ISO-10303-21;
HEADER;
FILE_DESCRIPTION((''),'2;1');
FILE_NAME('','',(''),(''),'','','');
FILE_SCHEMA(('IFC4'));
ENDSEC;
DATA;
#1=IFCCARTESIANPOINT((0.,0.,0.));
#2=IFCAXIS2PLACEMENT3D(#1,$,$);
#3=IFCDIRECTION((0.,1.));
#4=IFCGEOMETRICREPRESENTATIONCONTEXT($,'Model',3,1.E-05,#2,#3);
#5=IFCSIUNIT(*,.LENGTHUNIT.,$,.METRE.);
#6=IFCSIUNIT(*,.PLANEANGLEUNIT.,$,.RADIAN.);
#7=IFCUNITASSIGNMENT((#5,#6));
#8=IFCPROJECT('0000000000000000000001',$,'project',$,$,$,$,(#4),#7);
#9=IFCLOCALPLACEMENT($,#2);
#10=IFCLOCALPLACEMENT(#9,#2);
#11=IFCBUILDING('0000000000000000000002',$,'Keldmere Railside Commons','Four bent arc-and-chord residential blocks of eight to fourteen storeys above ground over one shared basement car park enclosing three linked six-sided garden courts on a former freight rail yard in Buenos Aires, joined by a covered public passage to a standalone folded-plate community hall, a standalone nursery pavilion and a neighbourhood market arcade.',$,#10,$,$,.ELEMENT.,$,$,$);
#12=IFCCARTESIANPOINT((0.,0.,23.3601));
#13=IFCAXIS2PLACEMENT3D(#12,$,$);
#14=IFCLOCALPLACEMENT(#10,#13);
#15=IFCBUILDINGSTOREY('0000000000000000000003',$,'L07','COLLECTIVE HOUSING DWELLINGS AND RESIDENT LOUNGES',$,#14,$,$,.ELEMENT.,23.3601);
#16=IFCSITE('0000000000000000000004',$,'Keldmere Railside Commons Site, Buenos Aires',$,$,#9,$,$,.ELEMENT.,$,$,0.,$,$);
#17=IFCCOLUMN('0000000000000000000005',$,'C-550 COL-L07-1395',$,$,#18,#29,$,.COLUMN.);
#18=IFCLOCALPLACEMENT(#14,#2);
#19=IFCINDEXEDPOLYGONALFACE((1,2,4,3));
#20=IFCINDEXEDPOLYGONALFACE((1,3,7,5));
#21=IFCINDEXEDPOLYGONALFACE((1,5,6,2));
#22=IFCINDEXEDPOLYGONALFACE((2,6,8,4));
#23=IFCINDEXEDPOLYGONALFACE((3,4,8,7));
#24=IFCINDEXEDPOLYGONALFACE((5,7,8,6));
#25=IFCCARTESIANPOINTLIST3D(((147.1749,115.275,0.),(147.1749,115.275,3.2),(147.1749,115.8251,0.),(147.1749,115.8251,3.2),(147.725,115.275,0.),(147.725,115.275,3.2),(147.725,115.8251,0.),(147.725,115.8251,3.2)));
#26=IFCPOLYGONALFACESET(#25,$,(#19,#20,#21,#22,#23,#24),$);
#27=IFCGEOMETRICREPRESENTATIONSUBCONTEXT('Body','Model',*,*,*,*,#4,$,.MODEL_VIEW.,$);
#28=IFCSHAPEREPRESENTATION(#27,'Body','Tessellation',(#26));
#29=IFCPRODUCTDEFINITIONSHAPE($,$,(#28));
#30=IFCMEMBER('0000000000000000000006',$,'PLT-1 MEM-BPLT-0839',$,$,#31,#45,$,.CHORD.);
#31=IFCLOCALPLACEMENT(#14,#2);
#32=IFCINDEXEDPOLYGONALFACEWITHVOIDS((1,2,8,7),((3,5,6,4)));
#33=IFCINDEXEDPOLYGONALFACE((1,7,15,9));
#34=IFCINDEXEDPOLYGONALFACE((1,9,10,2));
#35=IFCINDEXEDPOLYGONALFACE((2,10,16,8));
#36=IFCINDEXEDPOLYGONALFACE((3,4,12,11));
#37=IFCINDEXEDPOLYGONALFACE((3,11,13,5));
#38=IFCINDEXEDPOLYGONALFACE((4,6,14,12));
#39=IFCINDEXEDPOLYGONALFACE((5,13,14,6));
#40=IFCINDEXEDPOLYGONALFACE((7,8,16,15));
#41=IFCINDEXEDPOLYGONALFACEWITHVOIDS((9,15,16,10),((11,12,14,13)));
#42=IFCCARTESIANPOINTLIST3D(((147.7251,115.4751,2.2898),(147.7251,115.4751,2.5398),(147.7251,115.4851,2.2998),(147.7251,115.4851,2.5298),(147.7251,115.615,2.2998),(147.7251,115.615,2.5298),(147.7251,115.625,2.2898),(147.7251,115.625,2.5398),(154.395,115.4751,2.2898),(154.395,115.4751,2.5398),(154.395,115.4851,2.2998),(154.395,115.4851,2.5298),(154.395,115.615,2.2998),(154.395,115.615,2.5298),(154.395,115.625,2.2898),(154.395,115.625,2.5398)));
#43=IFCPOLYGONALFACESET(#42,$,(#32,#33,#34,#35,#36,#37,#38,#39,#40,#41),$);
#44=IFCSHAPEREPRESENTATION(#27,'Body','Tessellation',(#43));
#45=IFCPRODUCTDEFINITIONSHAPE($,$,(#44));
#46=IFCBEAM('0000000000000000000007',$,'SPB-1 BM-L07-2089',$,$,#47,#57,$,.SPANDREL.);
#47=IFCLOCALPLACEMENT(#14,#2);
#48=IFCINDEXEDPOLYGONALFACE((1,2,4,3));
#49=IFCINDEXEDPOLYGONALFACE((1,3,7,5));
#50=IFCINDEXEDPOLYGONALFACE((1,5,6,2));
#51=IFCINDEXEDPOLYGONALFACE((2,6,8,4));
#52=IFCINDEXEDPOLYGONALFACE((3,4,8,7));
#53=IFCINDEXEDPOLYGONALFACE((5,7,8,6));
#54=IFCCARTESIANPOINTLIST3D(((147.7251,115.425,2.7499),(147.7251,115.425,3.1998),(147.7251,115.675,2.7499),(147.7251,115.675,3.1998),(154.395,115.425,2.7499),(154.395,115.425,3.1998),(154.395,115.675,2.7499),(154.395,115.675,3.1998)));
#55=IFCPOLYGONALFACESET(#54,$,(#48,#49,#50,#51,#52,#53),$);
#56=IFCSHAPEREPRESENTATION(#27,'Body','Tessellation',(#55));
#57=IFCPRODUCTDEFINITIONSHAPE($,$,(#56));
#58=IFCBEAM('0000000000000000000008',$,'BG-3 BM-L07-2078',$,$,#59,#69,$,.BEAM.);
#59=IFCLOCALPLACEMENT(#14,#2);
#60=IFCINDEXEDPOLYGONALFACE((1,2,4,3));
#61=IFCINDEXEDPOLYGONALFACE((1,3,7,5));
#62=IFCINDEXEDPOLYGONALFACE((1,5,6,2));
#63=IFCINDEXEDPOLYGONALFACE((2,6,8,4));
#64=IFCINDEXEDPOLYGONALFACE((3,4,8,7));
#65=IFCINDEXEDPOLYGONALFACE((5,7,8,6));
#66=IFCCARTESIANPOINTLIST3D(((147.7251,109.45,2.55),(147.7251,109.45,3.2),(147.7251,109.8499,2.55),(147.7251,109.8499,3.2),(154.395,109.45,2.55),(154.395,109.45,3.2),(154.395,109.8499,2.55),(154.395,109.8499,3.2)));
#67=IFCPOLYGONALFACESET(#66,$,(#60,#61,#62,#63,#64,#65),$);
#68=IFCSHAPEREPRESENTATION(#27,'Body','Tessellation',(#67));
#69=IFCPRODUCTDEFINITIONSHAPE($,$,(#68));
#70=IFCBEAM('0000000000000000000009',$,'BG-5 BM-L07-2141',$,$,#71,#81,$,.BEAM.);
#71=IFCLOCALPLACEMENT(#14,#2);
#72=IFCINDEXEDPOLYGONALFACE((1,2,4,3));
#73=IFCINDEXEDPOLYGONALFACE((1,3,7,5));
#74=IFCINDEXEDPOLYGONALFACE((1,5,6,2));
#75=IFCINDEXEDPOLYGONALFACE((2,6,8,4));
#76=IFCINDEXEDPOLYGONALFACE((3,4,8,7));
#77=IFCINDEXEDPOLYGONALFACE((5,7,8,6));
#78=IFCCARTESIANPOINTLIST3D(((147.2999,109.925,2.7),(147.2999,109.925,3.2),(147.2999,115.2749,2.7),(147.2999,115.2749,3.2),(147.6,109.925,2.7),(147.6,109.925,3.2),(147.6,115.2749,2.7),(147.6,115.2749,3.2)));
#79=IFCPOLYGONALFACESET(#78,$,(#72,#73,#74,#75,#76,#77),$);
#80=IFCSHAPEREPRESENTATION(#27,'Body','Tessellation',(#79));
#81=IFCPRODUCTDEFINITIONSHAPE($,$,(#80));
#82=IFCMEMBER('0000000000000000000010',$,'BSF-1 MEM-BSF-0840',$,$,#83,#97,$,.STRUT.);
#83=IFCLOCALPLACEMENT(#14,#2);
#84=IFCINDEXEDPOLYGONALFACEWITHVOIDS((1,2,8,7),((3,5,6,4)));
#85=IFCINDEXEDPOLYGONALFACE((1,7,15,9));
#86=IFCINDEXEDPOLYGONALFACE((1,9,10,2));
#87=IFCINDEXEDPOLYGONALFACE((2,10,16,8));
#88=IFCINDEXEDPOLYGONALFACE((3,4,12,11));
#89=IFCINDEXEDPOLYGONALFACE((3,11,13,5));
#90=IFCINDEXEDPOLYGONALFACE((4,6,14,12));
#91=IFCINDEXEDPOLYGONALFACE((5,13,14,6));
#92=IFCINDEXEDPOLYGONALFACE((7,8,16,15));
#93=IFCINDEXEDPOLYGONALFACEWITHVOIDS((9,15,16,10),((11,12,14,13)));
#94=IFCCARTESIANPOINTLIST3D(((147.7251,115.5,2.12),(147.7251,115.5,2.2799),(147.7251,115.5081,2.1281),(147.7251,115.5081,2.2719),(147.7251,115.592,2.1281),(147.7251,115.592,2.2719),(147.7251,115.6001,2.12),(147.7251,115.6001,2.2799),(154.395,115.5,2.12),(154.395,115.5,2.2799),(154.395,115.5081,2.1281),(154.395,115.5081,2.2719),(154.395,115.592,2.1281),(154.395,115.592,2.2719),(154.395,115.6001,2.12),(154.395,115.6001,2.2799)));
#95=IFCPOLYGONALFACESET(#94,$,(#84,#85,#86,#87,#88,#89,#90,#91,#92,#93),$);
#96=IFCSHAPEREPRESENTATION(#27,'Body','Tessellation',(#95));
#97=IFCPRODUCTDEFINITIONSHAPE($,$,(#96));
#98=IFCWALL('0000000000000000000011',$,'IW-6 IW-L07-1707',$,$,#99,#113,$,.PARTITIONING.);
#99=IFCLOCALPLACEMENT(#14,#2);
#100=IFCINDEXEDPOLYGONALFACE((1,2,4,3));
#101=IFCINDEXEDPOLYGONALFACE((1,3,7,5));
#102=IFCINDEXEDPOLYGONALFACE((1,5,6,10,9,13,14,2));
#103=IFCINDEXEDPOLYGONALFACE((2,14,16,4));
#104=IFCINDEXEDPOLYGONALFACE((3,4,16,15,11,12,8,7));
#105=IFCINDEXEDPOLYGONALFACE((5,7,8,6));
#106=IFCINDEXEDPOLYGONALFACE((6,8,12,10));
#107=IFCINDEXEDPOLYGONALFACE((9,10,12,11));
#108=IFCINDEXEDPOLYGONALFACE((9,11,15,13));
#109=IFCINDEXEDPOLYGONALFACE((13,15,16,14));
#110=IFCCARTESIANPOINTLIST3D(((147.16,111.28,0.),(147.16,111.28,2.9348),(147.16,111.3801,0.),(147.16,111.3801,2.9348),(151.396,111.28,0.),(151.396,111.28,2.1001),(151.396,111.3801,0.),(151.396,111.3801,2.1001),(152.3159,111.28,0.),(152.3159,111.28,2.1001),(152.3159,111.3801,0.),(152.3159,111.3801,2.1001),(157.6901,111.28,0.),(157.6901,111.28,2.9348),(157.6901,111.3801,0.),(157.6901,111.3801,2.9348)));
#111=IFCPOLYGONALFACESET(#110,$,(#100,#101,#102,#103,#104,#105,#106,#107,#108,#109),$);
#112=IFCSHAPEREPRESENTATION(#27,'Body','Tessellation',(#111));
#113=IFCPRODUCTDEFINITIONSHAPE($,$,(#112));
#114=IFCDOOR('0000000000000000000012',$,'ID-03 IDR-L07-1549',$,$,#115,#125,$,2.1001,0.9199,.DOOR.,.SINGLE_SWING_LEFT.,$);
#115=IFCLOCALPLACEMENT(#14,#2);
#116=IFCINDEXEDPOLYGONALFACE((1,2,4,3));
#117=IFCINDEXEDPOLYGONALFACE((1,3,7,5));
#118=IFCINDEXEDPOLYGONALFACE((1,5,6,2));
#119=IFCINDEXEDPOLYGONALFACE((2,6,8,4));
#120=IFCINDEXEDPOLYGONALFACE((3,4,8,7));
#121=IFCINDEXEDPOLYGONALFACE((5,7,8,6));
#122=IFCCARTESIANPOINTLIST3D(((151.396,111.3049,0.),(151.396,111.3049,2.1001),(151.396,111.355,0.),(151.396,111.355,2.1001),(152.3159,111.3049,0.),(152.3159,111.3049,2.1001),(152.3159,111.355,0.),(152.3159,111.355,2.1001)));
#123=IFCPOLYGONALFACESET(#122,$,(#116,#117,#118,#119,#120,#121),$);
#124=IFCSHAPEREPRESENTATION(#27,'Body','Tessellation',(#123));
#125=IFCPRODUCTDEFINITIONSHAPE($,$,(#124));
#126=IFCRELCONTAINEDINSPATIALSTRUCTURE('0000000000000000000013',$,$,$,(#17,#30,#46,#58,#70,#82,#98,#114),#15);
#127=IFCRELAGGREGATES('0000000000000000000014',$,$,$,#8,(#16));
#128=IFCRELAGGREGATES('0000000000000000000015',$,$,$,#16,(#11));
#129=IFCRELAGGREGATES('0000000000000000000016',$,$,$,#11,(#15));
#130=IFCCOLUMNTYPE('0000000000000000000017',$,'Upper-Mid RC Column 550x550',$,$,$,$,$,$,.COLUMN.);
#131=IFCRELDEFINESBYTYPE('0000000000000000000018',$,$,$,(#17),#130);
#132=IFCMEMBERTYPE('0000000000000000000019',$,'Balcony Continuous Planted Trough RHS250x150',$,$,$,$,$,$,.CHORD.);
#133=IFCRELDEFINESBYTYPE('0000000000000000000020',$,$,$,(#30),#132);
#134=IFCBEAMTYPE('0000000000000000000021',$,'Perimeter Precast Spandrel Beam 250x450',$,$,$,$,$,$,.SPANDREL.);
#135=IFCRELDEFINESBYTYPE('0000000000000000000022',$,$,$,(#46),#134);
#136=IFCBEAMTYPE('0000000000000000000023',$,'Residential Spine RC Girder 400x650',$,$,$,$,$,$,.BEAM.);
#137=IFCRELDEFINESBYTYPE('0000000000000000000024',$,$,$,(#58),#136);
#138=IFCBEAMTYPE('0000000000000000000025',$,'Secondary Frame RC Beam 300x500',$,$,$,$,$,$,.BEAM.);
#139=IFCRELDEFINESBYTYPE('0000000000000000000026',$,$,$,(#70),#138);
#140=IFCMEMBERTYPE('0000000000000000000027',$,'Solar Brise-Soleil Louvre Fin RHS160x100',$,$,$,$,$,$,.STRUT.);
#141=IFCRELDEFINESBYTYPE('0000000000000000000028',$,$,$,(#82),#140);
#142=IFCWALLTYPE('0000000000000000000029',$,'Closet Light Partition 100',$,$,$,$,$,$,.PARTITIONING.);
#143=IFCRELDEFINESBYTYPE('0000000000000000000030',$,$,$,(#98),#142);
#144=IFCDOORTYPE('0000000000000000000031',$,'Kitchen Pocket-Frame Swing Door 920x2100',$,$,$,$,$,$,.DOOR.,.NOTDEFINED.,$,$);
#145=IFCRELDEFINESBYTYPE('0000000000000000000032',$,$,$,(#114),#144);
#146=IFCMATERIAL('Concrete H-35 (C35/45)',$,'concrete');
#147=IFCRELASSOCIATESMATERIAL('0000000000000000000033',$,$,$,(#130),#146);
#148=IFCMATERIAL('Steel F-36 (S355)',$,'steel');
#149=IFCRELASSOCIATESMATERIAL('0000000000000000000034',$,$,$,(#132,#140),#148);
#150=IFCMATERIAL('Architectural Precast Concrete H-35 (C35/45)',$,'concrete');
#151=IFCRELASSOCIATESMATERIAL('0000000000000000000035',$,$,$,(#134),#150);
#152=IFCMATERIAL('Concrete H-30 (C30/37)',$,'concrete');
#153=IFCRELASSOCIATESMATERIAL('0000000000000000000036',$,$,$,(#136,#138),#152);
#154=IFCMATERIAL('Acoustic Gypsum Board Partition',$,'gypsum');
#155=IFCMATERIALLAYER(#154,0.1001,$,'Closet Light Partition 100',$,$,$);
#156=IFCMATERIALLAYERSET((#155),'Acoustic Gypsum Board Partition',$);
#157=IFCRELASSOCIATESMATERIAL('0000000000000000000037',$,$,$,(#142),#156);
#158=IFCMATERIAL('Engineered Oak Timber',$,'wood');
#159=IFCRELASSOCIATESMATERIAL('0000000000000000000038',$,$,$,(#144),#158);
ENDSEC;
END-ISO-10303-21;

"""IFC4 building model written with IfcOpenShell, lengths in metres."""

from ifc_helpers import new_model, si_unit, direction, frame, frame_2d, origin, origin_2d, place, context, subcontext, project, spatial, rectangle, hollow_rectangle, extrude, material, layer, layer_set, material_profile, profile_set, type_object, element, fill, save


model = new_model("IFC4")

# Units and contexts
model_context = context("Model", 3, precision=1e-05, world=origin(), true_north=direction((0.0, 1.0)))
body_context = subcontext(model_context, "Body", "Model", "MODEL_VIEW")
ifc_project = project(units=[si_unit("LENGTHUNIT", "METRE"), si_unit("PLANEANGLEUNIT", "RADIAN")], contexts=[model_context])

# Site, building, storey
site_placement = place(None, origin())
site = spatial("IfcSite", under=ifc_project, at=site_placement, Name="Keldmere Railside Commons Site, Buenos Aires", CompositionType="ELEMENT", RefElevation=0.0)
building_placement = place(site_placement, origin())
building = spatial("IfcBuilding", under=site, at=building_placement, Name="Keldmere Railside Commons", Description="Four bent arc-and-chord residential blocks of eight to fourteen storeys above ground over one shared basement car park enclosing three linked six-sided garden courts on a former freight rail yard in Buenos Aires, joined by a covered public passage to a standalone folded-plate community hall, a standalone nursery pavilion and a neighbourhood market arcade.", CompositionType="ELEMENT")
storey_placement = place(building_placement, frame((0.0, 0.0, 23.3601)))
storey = spatial("IfcBuildingStorey", under=building, at=storey_placement, Name="L07", Description="COLLECTIVE HOUSING DWELLINGS AND RESIDENT LOUNGES", CompositionType="ELEMENT", Elevation=23.3601)

# Column
ifc_material_1 = material(Name="Concrete H-35 (C35/45)", Category="concrete")
ifc_material_profile_1 = material_profile(ifc_material_1, rectangle(XDim=0.55, YDim=0.55, at=origin_2d()), Name="RC-550x550")
ifc_profile_set_1 = profile_set([ifc_material_profile_1], Name="Concrete H-35 (C35/45)")
column_type = type_object("IfcColumnType", Name="Upper-Mid RC Column 550x550", PredefinedType="COLUMN", material=ifc_profile_set_1)
column_placement = place(storey_placement, frame((147.45, 115.55, 0.0), z_axis=(0.0, 0.0, 1.0), x_axis=(1.0, 0.0, 0.0)))
element("IfcColumn", 1, at=column_placement, inside=storey, type_object=column_type, Name="C-550 COL-L07-1395", PredefinedType="COLUMN", context=body_context, shape_type="SweptSolid", body=[
    extrude(rectangle(XDim=0.55, YDim=0.55, at=origin_2d()), origin(), (0.0, 0.0, 1.0), 3.2),
])

# Member
ifc_material_2 = material(Name="Steel F-36 (S355)", Category="steel")
ifc_material_profile_2 = material_profile(ifc_material_2, hollow_rectangle(XDim=0.1499, YDim=0.25, WallThickness=0.01, at=origin_2d()), Name="RHS-250x150x10")
ifc_profile_set_2 = profile_set([ifc_material_profile_2], Name="Steel F-36 (S355)")
member_type_1 = type_object("IfcMemberType", Name="Balcony Continuous Planted Trough RHS250x150", PredefinedType="CHORD", material=ifc_profile_set_2)
member_1_placement = place(storey_placement, frame((147.7251, 115.55, 2.4148), z_axis=(1.0, 0.0, 0.0), x_axis=(0.0, 1.0, 0.0)))
element("IfcMember", 2, at=member_1_placement, inside=storey, type_object=member_type_1, Name="PLT-1 MEM-BPLT-0839", PredefinedType="CHORD", context=body_context, shape_type="SweptSolid", body=[
    extrude(hollow_rectangle(XDim=0.1499, YDim=0.25, WallThickness=0.01, at=origin_2d()), origin(), (0.0, 0.0, 1.0), 6.6699),
])

# Beams
ifc_material_3 = material(Name="Architectural Precast Concrete H-35 (C35/45)", Category="concrete")
ifc_material_profile_3 = material_profile(ifc_material_3, rectangle(XDim=0.25, YDim=0.45, at=origin_2d()), Name="RC-250x450")
ifc_profile_set_3 = profile_set([ifc_material_profile_3], Name="Architectural Precast Concrete H-35 (C35/45)")
beam_type_1 = type_object("IfcBeamType", Name="Perimeter Precast Spandrel Beam 250x450", PredefinedType="SPANDREL", material=ifc_profile_set_3)
beam_1_placement = place(storey_placement, frame((147.7251, 115.55, 2.9749), z_axis=(1.0, 0.0, 0.0), x_axis=(0.0, 1.0, 0.0)))
element("IfcBeam", 3, at=beam_1_placement, inside=storey, type_object=beam_type_1, Name="SPB-1 BM-L07-2089", PredefinedType="SPANDREL", context=body_context, shape_type="SweptSolid", body=[
    extrude(rectangle(XDim=0.25, YDim=0.45, at=origin_2d()), origin(), (0.0, 0.0, 1.0), 6.6699),
])
ifc_material_4 = material(Name="Concrete H-30 (C30/37)", Category="concrete")
ifc_material_profile_4 = material_profile(ifc_material_4, rectangle(XDim=0.3999, YDim=0.6499, at=origin_2d()), Name="RC-400x650")
ifc_profile_set_4 = profile_set([ifc_material_profile_4], Name="Concrete H-30 (C30/37)")
beam_type_2 = type_object("IfcBeamType", Name="Residential Spine RC Girder 400x650", PredefinedType="BEAM", material=ifc_profile_set_4)
beam_2_placement = place(storey_placement, frame((147.7251, 109.6499, 2.875), z_axis=(1.0, 0.0, 0.0), x_axis=(0.0, 1.0, 0.0)))
element("IfcBeam", 4, at=beam_2_placement, inside=storey, type_object=beam_type_2, Name="BG-3 BM-L07-2078", PredefinedType="BEAM", context=body_context, shape_type="SweptSolid", body=[
    extrude(rectangle(XDim=0.3999, YDim=0.6499, at=origin_2d()), origin(), (0.0, 0.0, 1.0), 6.6699),
])
ifc_material_profile_5 = material_profile(ifc_material_4, rectangle(XDim=0.3, YDim=0.5, at=origin_2d()), Name="RC-300x500")
ifc_profile_set_5 = profile_set([ifc_material_profile_5], Name="Concrete H-30 (C30/37)")
beam_type_3 = type_object("IfcBeamType", Name="Secondary Frame RC Beam 300x500", PredefinedType="BEAM", material=ifc_profile_set_5)
beam_3_placement = place(storey_placement, frame((147.45, 109.925, 2.95), z_axis=(0.0, 1.0, 0.0), x_axis=(-1.0, 0.0, 0.0)))
element("IfcBeam", 5, at=beam_3_placement, inside=storey, type_object=beam_type_3, Name="BG-5 BM-L07-2141", PredefinedType="BEAM", context=body_context, shape_type="SweptSolid", body=[
    extrude(rectangle(XDim=0.3, YDim=0.5, at=origin_2d()), origin(), (0.0, 0.0, 1.0), 5.3499),
])

# Member
ifc_material_profile_6 = material_profile(ifc_material_2, hollow_rectangle(XDim=0.1001, YDim=0.1599, WallThickness=0.0081, at=origin_2d()), Name="RHS-160x100x8")
ifc_profile_set_6 = profile_set([ifc_material_profile_6], Name="Steel F-36 (S355)")
member_type_2 = type_object("IfcMemberType", Name="Solar Brise-Soleil Louvre Fin RHS160x100", PredefinedType="STRUT", material=ifc_profile_set_6)
member_2_placement = place(storey_placement, frame((147.7251, 115.55, 2.2), z_axis=(1.0, 0.0, 0.0), x_axis=(0.0, 1.0, 0.0)))
element("IfcMember", 6, at=member_2_placement, inside=storey, type_object=member_type_2, Name="BSF-1 MEM-BSF-0840", PredefinedType="STRUT", context=body_context, shape_type="SweptSolid", body=[
    extrude(hollow_rectangle(XDim=0.1001, YDim=0.1599, WallThickness=0.0081, at=origin_2d()), origin(), (0.0, 0.0, 1.0), 6.6699),
])

# Wall, opening, door
ifc_material_5 = material(Name="Acoustic Gypsum Board Partition", Category="gypsum")
ifc_layer_1 = layer(ifc_material_5, 0.1001, Name="Closet Light Partition 100")
ifc_layer_set_1 = layer_set([ifc_layer_1], Name="Acoustic Gypsum Board Partition")
wall_type_1 = type_object("IfcWallType", Name="Closet Light Partition 100", PredefinedType="PARTITIONING", material=ifc_layer_set_1)
wall_1_placement = place(storey_placement, frame((147.1599, 111.3301, 0.0), z_axis=(0.0, 0.0, 1.0), x_axis=(1.0, 0.0, 0.0)))
wall_1 = element("IfcWall", 7, at=wall_1_placement, inside=storey, type_object=wall_type_1, Name="IW-6 IW-L07-1707", PredefinedType="PARTITIONING", context=body_context, shape_type="SweptSolid", body=[
    extrude(rectangle(XDim=10.53, YDim=0.1001, at=frame_2d((5.2651, 0.0))), origin(), (0.0, 0.0, 1.0), 2.9348),
])
opening_1_placement = place(wall_1_placement, frame((4.2361, 0.0, 0.0)))
opening_1 = element("IfcOpeningElement", 8, at=opening_1_placement, cuts=wall_1, PredefinedType="OPENING", context=body_context, shape_type="SweptSolid", body=[
    extrude(rectangle(XDim=0.9199, YDim=2.1001, at=frame_2d((0.46, 1.05))), frame((0.0, 0.0601, 0.0), z_axis=(0.0, -1.0, 0.0), x_axis=(1.0, 0.0, 0.0)), (0.0, 0.0, 1.0), 0.1201),
])
ifc_material_6 = material(Name="Engineered Oak Timber", Category="wood")
door_type_1 = type_object("IfcDoorType", Name="Kitchen Pocket-Frame Swing Door 920x2100", OperationType="NOTDEFINED", PredefinedType="DOOR", material=ifc_material_6)
door_1_placement = place(opening_1_placement, origin())
door_1 = element("IfcDoor", 9, at=door_1_placement, inside=storey, type_object=door_type_1, Name="ID-03 IDR-L07-1549", OperationType="SINGLE_SWING_LEFT", OverallHeight=2.1001, OverallWidth=0.9199, PredefinedType="DOOR", context=body_context, shape_type="SweptSolid", body=[
    extrude(rectangle(XDim=0.9199, YDim=2.1001, at=frame_2d((0.46, 1.05))), frame((0.0, 0.0249, 0.0), z_axis=(0.0, -1.0, 0.0), x_axis=(1.0, 0.0, 0.0)), (0.0, 0.0, 1.0), 0.05),
])
fill(opening_1, door_1)

save(model, "model.ifc")
